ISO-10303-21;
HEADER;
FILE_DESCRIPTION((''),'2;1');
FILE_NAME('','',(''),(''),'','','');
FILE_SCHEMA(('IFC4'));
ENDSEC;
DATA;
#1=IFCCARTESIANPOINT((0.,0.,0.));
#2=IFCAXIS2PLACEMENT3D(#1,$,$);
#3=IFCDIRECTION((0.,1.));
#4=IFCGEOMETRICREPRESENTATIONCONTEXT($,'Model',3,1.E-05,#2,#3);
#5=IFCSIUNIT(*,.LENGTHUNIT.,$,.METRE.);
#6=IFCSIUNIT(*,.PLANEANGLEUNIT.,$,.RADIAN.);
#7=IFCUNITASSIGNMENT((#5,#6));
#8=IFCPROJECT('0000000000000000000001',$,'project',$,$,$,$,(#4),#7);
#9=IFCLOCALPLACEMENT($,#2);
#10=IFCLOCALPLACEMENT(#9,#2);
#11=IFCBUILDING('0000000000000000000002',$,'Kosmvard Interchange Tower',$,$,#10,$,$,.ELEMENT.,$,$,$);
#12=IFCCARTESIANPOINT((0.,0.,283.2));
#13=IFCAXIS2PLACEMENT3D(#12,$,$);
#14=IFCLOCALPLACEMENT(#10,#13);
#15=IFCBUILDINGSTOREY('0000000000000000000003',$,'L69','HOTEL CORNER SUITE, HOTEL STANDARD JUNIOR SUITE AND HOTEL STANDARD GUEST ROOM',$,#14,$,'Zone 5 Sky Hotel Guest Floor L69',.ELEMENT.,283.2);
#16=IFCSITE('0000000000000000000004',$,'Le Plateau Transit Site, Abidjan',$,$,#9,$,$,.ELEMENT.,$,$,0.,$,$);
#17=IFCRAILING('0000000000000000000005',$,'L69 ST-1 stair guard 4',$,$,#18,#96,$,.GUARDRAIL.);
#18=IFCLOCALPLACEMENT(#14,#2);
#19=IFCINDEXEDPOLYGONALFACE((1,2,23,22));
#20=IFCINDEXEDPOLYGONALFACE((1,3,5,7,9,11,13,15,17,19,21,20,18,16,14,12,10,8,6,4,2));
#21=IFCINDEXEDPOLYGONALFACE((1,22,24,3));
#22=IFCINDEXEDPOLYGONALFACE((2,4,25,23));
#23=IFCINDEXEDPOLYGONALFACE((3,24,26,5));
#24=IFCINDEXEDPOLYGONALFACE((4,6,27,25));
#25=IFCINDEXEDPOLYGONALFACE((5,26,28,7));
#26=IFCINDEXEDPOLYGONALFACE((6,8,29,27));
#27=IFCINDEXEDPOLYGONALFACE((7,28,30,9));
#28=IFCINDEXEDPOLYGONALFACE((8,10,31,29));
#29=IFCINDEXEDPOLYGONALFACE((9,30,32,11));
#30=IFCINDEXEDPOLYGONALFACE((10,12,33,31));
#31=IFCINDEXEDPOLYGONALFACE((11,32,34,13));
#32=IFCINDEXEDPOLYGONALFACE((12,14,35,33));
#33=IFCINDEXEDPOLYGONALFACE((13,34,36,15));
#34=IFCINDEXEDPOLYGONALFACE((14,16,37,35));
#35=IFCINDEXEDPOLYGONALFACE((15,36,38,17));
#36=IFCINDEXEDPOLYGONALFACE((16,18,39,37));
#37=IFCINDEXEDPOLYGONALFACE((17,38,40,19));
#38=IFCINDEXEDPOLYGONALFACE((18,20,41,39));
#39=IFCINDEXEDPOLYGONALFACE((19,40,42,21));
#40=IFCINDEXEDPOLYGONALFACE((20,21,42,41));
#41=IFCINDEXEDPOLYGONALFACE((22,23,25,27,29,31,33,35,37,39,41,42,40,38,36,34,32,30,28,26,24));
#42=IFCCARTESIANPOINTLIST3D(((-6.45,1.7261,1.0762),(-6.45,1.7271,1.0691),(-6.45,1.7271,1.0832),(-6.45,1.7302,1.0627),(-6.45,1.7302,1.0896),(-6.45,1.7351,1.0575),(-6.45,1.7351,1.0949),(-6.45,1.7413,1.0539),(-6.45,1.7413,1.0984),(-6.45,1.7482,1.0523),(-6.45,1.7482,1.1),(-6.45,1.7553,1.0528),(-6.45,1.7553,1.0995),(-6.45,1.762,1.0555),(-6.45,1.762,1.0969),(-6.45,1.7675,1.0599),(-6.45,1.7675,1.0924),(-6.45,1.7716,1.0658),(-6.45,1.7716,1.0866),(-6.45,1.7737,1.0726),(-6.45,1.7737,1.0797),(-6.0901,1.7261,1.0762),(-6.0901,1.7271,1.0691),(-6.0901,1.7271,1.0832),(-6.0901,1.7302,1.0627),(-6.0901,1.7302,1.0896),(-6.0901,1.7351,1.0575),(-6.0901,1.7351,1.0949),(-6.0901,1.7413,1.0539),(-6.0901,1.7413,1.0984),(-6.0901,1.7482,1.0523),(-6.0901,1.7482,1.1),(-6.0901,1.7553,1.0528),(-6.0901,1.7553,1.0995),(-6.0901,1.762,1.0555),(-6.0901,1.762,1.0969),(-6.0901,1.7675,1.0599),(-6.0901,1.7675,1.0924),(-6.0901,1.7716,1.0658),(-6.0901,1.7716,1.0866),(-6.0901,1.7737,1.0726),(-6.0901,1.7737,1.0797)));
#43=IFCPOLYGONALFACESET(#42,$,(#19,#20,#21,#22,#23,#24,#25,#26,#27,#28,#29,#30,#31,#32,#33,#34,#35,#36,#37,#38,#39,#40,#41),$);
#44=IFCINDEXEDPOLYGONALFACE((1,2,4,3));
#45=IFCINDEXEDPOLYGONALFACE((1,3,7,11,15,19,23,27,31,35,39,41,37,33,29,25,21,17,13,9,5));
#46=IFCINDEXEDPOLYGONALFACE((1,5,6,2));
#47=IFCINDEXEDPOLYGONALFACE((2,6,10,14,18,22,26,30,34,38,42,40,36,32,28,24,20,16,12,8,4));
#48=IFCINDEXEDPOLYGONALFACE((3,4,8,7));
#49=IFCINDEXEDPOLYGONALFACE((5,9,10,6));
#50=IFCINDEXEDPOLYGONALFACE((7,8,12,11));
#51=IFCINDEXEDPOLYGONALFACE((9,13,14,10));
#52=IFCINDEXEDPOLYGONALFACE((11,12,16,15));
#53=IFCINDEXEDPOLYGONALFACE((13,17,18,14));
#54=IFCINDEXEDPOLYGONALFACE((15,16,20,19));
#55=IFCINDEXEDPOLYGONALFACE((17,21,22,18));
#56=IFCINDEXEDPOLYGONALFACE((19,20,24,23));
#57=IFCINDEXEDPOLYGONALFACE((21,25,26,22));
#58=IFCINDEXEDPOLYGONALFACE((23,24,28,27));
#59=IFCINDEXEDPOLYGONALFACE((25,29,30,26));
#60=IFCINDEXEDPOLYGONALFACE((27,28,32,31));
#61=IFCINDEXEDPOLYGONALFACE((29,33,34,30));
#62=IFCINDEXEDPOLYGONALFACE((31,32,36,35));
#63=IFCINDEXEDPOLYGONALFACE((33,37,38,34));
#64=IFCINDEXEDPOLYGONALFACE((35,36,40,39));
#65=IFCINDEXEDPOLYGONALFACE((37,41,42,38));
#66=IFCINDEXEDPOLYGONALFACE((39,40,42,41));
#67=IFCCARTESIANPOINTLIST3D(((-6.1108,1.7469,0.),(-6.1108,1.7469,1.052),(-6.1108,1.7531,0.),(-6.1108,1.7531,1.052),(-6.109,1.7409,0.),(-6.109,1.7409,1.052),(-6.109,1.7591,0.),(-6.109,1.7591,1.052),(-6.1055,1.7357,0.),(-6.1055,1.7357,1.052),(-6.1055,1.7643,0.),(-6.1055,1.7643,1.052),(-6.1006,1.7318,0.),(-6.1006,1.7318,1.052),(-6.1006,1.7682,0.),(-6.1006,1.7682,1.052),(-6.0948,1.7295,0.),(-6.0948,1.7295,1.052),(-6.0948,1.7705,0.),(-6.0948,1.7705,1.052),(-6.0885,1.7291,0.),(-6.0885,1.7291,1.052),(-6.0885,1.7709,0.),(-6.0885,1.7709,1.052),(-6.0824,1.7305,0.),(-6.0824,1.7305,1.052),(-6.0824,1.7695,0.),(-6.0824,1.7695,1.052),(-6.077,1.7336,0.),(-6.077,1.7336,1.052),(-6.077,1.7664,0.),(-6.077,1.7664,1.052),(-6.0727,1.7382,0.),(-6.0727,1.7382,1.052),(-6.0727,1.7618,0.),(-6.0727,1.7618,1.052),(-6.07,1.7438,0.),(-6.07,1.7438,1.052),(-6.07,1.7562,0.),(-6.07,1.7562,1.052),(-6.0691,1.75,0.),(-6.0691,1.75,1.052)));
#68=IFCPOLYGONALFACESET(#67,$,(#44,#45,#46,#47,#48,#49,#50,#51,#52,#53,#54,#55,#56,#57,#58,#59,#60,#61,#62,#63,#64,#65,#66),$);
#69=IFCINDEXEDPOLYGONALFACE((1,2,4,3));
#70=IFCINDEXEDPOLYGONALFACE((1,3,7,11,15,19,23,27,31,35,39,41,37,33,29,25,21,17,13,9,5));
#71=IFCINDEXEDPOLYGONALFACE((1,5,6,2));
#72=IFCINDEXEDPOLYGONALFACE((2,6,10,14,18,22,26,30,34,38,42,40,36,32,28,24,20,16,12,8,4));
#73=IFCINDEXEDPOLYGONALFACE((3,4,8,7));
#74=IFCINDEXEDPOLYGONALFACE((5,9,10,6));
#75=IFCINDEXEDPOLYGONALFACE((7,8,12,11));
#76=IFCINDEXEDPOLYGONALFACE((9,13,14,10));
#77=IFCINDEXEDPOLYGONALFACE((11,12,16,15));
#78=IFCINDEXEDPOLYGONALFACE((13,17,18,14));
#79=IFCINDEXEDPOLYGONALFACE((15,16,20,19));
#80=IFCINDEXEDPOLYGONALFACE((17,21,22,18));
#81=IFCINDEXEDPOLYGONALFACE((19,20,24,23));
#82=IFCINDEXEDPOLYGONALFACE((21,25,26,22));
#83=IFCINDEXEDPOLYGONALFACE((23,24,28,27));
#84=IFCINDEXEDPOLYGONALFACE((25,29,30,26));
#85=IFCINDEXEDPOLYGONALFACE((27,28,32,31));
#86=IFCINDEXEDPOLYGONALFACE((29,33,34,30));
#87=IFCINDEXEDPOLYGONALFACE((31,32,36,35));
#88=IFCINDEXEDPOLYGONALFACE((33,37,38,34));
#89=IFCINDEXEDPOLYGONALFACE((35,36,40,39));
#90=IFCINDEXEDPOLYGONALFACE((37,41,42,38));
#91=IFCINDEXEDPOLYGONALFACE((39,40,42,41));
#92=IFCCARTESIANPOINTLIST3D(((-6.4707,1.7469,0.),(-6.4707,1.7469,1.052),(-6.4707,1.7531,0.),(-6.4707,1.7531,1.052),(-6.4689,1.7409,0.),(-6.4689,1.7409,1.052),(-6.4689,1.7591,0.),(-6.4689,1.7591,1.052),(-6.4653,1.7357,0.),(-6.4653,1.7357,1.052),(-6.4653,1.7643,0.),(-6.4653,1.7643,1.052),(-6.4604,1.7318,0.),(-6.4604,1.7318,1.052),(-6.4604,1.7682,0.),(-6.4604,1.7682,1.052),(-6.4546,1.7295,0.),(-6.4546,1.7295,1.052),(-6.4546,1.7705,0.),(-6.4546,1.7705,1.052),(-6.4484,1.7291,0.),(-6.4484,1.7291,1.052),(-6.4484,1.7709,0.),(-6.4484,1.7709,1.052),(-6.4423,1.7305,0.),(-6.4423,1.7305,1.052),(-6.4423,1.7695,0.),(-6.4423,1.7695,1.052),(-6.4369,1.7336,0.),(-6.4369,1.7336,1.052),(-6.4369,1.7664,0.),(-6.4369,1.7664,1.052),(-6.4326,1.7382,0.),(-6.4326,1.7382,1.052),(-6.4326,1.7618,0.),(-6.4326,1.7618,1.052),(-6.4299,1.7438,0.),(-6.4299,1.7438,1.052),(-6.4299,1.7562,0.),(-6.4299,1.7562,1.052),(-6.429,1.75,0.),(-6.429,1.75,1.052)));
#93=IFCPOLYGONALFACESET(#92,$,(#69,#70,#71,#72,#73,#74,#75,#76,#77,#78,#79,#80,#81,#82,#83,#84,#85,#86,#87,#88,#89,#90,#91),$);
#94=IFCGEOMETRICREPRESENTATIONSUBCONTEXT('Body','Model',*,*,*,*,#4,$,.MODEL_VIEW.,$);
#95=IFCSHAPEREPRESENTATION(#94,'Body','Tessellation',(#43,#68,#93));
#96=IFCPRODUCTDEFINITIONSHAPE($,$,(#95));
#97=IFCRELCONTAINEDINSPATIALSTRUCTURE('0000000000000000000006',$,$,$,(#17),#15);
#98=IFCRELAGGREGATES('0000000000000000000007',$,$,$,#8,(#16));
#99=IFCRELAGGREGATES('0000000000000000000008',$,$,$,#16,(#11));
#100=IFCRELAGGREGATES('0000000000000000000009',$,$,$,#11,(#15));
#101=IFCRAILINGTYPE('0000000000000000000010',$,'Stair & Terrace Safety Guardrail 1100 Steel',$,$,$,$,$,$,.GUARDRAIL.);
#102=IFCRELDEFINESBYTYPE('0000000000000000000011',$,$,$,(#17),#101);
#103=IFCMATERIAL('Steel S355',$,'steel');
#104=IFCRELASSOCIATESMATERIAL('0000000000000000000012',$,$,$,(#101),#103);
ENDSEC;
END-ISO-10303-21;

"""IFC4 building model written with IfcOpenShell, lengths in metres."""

from ifc_helpers import new_model, si_unit, direction, frame, origin, origin_2d, place, context, subcontext, project, spatial, circle, extrude, source, transform, mapped, material, type_object, element, save


model = new_model("IFC4")

# Units and contexts
model_context = context("Model", 3, precision=1e-05, world=origin(), true_north=direction((0.0, 1.0)))
body_context = subcontext(model_context, "Body", "Model", "MODEL_VIEW")
ifc_project = project(units=[si_unit("LENGTHUNIT", "METRE"), si_unit("PLANEANGLEUNIT", "RADIAN")], contexts=[model_context])

# Site, building, storey
site_placement = place(None, origin())
site = spatial("IfcSite", under=ifc_project, at=site_placement, Name="Le Plateau Transit Site, Abidjan", CompositionType="ELEMENT", RefElevation=0.0)
building_placement = place(site_placement, origin())
building = spatial("IfcBuilding", under=site, at=building_placement, Name="Kosmvard Interchange Tower", CompositionType="ELEMENT")
storey_placement = place(building_placement, frame((0.0, 0.0, 283.2)))
storey = spatial("IfcBuildingStorey", under=building, at=storey_placement, Name="L69", Description="HOTEL CORNER SUITE, HOTEL STANDARD JUNIOR SUITE AND HOTEL STANDARD GUEST ROOM", LongName="Zone 5 Sky Hotel Guest Floor L69", CompositionType="ELEMENT", Elevation=283.2)

# Railing
ifc_material_1 = material(Name="Steel S355", Category="steel")
railing_type_1 = type_object("IfcRailingType", Name="Stair & Terrace Safety Guardrail 1100 Steel", PredefinedType="GUARDRAIL", material=ifc_material_1)
shared_shape_1 = source(origin(), body_context, "Body", "SweptSolid", [
    extrude(circle(Radius=0.0239, at=origin_2d()), frame((0.0, 0.0, 1.0762), z_axis=(-1.0, 0.0, 0.0), x_axis=(0.0, -1.0, 0.0)), (0.0, 0.0, 1.0), 0.3599),
    extrude(circle(Radius=0.021, at=origin_2d()), origin(), (0.0, 0.0, 1.0), 1.052),
    extrude(circle(Radius=0.021, at=origin_2d()), frame((-0.3599, 0.0, 0.0)), (0.0, 0.0, 1.0), 1.052),
])
railing_1_placement = place(storey_placement, frame((-6.0901, 1.75, 0.0)))
element("IfcRailing", 1, at=railing_1_placement, inside=storey, type_object=railing_type_1, Name="L69 ST-1 stair guard 4", PredefinedType="GUARDRAIL", context=body_context, shape_type="MappedRepresentation", body=[
    mapped(shared_shape_1, transform((0.0, 0.0, 0.0), scale=1.0)),
])

save(model, "model.ifc")
